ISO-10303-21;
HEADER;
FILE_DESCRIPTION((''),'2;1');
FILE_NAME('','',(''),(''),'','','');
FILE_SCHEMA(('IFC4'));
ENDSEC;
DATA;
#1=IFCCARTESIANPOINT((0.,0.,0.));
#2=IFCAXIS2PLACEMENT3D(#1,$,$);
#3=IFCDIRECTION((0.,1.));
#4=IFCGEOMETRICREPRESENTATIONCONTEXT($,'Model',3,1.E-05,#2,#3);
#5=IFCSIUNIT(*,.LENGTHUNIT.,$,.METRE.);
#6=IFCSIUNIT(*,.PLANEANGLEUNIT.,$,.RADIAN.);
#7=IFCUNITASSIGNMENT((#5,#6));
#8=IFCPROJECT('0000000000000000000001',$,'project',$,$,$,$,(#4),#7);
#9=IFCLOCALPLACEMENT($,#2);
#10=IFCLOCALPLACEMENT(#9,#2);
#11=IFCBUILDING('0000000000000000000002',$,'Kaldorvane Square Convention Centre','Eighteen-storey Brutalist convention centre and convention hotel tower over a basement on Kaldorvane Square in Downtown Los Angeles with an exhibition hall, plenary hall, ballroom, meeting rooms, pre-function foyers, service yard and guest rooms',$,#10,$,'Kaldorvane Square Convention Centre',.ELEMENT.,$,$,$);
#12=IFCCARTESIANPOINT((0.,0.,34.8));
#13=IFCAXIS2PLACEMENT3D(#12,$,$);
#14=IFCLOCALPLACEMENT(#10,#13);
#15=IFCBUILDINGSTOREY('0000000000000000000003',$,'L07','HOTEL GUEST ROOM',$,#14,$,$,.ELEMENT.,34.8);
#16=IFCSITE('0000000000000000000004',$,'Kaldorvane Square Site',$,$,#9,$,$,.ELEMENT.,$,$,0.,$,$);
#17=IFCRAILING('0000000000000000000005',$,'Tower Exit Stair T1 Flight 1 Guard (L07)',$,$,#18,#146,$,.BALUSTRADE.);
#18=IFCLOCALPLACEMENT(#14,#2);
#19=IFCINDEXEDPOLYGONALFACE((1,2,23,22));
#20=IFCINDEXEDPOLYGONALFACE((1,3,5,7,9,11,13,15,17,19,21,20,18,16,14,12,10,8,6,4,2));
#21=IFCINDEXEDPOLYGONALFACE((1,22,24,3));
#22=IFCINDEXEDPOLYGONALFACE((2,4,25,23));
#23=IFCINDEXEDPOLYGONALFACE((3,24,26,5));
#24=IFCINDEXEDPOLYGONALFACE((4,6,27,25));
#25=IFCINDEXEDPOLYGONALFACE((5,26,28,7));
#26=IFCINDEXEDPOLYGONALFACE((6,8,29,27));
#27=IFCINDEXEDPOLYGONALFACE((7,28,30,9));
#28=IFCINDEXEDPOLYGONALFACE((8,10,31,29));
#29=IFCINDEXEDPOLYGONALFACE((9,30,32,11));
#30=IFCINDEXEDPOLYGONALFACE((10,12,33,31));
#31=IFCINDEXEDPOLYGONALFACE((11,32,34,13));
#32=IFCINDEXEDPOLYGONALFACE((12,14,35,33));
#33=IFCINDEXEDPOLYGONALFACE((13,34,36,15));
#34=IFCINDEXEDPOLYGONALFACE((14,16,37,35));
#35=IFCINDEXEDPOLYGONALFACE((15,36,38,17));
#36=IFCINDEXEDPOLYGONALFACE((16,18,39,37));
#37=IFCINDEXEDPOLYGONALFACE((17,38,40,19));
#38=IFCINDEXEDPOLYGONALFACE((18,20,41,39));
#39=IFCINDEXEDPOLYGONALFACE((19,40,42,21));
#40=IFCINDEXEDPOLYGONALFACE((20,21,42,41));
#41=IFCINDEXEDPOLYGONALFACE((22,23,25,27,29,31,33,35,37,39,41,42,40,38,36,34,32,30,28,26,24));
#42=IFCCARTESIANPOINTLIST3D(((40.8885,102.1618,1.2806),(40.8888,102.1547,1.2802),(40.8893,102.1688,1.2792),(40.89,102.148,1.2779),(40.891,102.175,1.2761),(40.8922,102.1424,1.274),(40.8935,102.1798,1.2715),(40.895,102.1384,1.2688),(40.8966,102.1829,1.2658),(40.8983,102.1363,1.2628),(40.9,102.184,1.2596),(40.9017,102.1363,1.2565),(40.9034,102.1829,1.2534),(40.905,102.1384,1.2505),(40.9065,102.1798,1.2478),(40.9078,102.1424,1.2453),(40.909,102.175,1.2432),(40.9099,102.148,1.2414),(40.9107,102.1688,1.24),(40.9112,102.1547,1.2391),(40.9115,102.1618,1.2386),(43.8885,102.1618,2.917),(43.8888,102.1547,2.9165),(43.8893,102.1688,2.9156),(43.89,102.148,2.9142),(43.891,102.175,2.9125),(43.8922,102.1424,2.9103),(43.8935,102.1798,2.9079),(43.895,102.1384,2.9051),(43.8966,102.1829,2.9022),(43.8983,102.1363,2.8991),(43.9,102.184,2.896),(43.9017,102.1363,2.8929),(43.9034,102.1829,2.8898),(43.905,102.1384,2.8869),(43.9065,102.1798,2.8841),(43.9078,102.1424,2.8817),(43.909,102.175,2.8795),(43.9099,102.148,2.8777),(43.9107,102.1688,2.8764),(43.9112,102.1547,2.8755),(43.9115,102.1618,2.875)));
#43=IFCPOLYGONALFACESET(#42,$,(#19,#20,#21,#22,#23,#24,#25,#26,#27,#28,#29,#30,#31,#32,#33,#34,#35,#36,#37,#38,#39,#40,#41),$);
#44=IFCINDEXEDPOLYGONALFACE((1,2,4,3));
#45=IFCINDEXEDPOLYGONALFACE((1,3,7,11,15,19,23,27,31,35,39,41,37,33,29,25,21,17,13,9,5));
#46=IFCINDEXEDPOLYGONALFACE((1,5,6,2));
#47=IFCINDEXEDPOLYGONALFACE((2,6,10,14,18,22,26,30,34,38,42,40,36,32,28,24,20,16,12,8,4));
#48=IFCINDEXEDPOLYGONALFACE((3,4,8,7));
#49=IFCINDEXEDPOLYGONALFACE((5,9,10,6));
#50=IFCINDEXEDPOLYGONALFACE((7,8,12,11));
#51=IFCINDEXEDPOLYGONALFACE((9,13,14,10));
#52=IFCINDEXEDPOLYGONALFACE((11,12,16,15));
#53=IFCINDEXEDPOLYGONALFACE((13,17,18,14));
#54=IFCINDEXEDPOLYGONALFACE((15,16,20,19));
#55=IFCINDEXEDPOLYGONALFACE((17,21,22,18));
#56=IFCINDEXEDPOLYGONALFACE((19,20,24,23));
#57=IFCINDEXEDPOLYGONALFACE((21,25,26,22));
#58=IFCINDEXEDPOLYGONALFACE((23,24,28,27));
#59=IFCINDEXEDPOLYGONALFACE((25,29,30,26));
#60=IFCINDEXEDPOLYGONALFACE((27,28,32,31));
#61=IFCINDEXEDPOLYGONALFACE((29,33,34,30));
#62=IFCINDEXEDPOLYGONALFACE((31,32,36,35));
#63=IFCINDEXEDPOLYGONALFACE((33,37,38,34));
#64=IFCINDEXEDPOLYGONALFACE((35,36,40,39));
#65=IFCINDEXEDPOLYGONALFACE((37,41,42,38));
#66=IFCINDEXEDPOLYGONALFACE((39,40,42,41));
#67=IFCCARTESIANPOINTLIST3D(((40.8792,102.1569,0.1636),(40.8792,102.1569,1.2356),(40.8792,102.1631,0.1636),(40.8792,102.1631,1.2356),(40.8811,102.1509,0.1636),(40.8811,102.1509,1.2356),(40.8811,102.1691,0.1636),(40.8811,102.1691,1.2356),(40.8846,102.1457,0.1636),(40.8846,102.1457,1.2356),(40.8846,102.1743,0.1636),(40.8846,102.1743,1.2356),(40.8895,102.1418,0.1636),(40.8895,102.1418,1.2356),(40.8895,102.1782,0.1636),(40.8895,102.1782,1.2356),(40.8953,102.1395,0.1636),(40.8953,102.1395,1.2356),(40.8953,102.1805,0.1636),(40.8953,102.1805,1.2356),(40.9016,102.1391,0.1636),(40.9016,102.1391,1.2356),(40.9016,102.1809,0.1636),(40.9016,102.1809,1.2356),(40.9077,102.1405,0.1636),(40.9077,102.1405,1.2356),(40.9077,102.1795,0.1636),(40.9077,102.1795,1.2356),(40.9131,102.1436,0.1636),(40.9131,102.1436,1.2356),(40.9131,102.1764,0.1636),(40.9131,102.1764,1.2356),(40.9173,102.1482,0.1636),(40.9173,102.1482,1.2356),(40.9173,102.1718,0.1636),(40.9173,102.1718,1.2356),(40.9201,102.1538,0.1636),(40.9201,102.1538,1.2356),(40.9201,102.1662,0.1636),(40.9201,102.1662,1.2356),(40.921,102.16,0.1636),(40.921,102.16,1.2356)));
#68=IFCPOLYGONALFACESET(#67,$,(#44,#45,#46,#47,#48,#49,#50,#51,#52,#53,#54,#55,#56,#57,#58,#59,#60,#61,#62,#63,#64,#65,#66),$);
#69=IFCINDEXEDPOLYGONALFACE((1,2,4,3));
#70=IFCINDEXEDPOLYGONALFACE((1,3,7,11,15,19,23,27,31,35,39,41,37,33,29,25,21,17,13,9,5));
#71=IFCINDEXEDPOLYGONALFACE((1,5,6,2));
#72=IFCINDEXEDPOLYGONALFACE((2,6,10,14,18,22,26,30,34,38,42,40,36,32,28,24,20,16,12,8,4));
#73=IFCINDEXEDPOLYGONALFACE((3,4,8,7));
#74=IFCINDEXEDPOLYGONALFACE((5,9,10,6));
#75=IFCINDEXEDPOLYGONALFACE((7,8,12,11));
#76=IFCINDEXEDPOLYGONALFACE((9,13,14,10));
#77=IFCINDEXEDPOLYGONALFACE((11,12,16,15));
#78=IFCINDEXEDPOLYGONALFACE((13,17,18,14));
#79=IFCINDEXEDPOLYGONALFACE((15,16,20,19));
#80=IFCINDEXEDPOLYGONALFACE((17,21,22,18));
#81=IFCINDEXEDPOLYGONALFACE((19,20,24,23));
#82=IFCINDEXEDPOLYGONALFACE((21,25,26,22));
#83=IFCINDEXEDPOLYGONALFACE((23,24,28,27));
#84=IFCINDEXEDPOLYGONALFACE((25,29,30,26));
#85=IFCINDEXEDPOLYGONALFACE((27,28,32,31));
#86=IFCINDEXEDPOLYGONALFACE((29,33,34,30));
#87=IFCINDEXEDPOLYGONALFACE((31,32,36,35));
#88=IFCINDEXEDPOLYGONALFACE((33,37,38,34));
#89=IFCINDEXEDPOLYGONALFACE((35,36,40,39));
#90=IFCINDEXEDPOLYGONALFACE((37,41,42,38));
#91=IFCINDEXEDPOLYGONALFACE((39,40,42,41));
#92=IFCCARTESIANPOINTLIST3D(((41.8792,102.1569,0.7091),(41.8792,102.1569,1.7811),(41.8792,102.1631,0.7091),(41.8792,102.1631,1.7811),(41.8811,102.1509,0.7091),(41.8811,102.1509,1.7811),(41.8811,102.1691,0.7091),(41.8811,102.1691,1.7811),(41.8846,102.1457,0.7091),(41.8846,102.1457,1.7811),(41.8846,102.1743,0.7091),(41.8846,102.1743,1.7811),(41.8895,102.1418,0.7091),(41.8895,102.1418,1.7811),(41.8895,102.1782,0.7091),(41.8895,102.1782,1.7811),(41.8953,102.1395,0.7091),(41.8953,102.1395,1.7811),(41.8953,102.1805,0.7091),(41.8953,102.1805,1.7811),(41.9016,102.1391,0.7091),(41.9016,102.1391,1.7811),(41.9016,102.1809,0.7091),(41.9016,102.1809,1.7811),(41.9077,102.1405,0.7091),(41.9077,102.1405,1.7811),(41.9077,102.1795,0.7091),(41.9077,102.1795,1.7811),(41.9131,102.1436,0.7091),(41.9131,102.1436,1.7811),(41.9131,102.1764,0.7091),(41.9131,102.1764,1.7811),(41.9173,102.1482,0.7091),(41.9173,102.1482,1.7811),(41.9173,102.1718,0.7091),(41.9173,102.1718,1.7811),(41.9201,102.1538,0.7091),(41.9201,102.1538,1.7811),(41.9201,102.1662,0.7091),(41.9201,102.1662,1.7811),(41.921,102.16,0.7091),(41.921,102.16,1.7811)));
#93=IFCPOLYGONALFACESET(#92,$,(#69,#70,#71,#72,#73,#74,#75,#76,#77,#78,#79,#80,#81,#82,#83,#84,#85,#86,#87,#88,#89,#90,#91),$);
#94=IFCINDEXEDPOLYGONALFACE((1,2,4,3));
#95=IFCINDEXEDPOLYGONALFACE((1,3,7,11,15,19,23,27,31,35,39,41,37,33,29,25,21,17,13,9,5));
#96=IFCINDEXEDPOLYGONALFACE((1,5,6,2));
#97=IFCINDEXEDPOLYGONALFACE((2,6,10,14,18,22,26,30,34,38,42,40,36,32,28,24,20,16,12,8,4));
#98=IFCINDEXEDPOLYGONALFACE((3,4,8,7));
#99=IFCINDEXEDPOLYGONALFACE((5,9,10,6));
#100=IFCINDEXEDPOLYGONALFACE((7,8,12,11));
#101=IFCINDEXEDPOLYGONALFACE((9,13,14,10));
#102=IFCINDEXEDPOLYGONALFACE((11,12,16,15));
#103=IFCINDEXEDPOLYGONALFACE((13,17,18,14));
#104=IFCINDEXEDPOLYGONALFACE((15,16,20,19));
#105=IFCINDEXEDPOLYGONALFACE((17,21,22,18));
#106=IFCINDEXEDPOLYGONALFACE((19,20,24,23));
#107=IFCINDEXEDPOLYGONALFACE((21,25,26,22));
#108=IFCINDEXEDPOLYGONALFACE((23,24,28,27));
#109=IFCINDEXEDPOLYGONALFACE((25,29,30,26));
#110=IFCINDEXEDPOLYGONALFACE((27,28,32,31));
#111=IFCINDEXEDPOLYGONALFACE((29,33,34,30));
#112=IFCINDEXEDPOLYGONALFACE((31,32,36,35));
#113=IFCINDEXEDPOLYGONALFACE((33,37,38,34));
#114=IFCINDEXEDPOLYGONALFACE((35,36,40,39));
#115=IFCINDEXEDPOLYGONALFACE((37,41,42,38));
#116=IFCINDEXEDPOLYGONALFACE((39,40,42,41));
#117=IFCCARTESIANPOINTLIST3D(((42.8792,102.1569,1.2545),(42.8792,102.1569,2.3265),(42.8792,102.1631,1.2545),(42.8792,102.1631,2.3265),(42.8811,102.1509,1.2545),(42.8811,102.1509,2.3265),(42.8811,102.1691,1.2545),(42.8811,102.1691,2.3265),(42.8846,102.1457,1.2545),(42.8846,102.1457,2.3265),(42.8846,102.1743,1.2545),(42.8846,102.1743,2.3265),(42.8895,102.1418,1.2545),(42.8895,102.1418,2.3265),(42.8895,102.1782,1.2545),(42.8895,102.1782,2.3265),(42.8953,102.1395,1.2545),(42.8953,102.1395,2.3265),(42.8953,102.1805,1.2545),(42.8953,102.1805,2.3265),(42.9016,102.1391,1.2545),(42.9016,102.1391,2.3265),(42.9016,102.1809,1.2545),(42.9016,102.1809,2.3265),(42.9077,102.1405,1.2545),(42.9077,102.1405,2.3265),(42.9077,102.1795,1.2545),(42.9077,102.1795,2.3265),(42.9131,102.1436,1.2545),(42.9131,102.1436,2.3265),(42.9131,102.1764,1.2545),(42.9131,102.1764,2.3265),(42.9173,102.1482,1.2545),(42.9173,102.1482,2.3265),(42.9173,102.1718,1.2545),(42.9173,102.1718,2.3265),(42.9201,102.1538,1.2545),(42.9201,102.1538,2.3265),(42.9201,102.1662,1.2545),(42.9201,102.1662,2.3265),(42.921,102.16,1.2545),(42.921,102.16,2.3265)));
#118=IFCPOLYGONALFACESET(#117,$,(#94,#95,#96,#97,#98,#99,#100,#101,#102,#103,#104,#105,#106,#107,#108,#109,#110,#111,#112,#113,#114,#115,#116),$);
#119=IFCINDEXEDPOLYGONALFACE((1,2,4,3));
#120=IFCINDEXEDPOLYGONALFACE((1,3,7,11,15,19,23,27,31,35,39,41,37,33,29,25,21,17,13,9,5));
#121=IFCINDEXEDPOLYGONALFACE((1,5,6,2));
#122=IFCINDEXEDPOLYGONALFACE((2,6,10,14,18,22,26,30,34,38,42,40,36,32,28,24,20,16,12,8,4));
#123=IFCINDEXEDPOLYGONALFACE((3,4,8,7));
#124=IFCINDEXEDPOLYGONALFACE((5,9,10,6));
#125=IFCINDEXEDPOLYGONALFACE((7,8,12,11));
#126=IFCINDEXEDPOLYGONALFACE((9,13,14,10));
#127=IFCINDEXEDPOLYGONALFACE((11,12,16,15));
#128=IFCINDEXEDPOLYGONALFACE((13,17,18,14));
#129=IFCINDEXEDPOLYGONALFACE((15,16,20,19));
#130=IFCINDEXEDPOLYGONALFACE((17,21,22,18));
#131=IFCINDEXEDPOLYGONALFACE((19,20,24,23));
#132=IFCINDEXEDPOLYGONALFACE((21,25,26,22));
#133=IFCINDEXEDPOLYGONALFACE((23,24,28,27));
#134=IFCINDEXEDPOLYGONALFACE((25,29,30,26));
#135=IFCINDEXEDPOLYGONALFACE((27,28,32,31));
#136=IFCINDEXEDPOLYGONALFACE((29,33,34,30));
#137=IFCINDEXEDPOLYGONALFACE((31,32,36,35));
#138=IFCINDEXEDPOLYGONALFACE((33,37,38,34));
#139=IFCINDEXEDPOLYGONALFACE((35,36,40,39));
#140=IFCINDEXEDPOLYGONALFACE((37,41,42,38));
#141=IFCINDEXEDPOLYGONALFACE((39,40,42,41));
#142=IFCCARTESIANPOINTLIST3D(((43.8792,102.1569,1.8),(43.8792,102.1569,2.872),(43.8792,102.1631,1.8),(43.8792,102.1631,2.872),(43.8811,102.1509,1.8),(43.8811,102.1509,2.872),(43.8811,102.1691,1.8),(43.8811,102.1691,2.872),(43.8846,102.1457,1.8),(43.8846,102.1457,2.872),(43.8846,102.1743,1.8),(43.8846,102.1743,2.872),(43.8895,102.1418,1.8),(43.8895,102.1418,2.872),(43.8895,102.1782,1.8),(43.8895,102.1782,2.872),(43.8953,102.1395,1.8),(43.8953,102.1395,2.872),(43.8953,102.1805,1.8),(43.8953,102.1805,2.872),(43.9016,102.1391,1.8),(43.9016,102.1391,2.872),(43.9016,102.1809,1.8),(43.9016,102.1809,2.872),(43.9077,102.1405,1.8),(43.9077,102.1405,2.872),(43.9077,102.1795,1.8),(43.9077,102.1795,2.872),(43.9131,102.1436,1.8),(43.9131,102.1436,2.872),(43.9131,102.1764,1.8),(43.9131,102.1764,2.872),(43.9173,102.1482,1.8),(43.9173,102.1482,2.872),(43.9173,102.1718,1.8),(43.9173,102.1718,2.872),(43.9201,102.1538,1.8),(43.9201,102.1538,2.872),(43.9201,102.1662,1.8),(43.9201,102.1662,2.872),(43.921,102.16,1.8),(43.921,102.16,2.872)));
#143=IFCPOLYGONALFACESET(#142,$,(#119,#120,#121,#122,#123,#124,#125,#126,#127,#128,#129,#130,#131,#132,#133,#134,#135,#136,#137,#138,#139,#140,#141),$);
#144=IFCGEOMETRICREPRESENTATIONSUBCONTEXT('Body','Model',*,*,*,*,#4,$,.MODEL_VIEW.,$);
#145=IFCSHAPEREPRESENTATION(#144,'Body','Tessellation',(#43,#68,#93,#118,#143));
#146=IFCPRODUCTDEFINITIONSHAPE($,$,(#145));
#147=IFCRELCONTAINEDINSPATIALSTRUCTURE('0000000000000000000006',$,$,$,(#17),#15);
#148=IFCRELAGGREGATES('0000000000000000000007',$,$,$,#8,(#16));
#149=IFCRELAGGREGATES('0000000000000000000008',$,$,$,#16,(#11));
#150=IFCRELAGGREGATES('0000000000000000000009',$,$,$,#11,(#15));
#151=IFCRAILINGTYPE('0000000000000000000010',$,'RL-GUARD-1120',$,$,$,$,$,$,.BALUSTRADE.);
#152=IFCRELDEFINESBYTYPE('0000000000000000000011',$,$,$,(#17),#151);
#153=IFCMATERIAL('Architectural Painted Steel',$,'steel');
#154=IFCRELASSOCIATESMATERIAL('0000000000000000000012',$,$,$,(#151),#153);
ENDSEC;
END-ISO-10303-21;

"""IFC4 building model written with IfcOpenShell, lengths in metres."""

from ifc_helpers import new_model, si_unit, direction, frame, origin, origin_2d, place, context, subcontext, project, spatial, circle, extrude, material, type_object, element, save


model = new_model("IFC4")

# Units and contexts
model_context = context("Model", 3, precision=1e-05, world=origin(), true_north=direction((0.0, 1.0)))
body_context = subcontext(model_context, "Body", "Model", "MODEL_VIEW")
ifc_project = project(units=[si_unit("LENGTHUNIT", "METRE"), si_unit("PLANEANGLEUNIT", "RADIAN")], contexts=[model_context])

# Site, building, storey
site_placement = place(None, origin())
site = spatial("IfcSite", under=ifc_project, at=site_placement, Name="Kaldorvane Square Site", CompositionType="ELEMENT", RefElevation=0.0)
building_placement = place(site_placement, origin())
building = spatial("IfcBuilding", under=site, at=building_placement, Name="Kaldorvane Square Convention Centre", Description="Eighteen-storey Brutalist convention centre and convention hotel tower over a basement on Kaldorvane Square in Downtown Los Angeles with an exhibition hall, plenary hall, ballroom, meeting rooms, pre-function foyers, service yard and guest rooms", LongName="Kaldorvane Square Convention Centre", CompositionType="ELEMENT")
storey_placement = place(building_placement, frame((0.0, 0.0, 34.8)))
storey = spatial("IfcBuildingStorey", under=building, at=storey_placement, Name="L07", Description="HOTEL GUEST ROOM", CompositionType="ELEMENT", Elevation=34.8)

# Railing
ifc_material_1 = material(Name="Architectural Painted Steel", Category="steel")
railing_type_1 = type_object("IfcRailingType", Name="RL-GUARD-1120", PredefinedType="BALUSTRADE", material=ifc_material_1)
railing_1_placement = place(storey_placement, frame((40.9, 102.16, 0.1636)))
element("IfcRailing", 1, at=railing_1_placement, inside=storey, type_object=railing_type_1, Name="Tower Exit Stair T1 Flight 1 Guard (L07)", PredefinedType="BALUSTRADE", context=body_context, shape_type="SweptSolid", body=[
    extrude(circle(Radius=0.024, at=origin_2d()), frame((0.0, 0.0, 1.096), z_axis=(0.877895, 0.0, 0.478853), x_axis=(0.0, 1.0, 0.0)), (0.0, 0.0, 1.0), 3.4173),
    extrude(circle(Radius=0.021, at=origin_2d()), origin(), (0.0, 0.0, 1.0), 1.072),
    extrude(circle(Radius=0.021, at=origin_2d()), frame((1.0, 0.0, 0.5455)), (0.0, 0.0, 1.0), 1.072),
    extrude(circle(Radius=0.021, at=origin_2d()), frame((2.0, 0.0, 1.0909)), (0.0, 0.0, 1.0), 1.072),
    extrude(circle(Radius=0.021, at=origin_2d()), frame((3.0, 0.0, 1.6364)), (0.0, 0.0, 1.0), 1.072),
])

save(model, "model.ifc")
